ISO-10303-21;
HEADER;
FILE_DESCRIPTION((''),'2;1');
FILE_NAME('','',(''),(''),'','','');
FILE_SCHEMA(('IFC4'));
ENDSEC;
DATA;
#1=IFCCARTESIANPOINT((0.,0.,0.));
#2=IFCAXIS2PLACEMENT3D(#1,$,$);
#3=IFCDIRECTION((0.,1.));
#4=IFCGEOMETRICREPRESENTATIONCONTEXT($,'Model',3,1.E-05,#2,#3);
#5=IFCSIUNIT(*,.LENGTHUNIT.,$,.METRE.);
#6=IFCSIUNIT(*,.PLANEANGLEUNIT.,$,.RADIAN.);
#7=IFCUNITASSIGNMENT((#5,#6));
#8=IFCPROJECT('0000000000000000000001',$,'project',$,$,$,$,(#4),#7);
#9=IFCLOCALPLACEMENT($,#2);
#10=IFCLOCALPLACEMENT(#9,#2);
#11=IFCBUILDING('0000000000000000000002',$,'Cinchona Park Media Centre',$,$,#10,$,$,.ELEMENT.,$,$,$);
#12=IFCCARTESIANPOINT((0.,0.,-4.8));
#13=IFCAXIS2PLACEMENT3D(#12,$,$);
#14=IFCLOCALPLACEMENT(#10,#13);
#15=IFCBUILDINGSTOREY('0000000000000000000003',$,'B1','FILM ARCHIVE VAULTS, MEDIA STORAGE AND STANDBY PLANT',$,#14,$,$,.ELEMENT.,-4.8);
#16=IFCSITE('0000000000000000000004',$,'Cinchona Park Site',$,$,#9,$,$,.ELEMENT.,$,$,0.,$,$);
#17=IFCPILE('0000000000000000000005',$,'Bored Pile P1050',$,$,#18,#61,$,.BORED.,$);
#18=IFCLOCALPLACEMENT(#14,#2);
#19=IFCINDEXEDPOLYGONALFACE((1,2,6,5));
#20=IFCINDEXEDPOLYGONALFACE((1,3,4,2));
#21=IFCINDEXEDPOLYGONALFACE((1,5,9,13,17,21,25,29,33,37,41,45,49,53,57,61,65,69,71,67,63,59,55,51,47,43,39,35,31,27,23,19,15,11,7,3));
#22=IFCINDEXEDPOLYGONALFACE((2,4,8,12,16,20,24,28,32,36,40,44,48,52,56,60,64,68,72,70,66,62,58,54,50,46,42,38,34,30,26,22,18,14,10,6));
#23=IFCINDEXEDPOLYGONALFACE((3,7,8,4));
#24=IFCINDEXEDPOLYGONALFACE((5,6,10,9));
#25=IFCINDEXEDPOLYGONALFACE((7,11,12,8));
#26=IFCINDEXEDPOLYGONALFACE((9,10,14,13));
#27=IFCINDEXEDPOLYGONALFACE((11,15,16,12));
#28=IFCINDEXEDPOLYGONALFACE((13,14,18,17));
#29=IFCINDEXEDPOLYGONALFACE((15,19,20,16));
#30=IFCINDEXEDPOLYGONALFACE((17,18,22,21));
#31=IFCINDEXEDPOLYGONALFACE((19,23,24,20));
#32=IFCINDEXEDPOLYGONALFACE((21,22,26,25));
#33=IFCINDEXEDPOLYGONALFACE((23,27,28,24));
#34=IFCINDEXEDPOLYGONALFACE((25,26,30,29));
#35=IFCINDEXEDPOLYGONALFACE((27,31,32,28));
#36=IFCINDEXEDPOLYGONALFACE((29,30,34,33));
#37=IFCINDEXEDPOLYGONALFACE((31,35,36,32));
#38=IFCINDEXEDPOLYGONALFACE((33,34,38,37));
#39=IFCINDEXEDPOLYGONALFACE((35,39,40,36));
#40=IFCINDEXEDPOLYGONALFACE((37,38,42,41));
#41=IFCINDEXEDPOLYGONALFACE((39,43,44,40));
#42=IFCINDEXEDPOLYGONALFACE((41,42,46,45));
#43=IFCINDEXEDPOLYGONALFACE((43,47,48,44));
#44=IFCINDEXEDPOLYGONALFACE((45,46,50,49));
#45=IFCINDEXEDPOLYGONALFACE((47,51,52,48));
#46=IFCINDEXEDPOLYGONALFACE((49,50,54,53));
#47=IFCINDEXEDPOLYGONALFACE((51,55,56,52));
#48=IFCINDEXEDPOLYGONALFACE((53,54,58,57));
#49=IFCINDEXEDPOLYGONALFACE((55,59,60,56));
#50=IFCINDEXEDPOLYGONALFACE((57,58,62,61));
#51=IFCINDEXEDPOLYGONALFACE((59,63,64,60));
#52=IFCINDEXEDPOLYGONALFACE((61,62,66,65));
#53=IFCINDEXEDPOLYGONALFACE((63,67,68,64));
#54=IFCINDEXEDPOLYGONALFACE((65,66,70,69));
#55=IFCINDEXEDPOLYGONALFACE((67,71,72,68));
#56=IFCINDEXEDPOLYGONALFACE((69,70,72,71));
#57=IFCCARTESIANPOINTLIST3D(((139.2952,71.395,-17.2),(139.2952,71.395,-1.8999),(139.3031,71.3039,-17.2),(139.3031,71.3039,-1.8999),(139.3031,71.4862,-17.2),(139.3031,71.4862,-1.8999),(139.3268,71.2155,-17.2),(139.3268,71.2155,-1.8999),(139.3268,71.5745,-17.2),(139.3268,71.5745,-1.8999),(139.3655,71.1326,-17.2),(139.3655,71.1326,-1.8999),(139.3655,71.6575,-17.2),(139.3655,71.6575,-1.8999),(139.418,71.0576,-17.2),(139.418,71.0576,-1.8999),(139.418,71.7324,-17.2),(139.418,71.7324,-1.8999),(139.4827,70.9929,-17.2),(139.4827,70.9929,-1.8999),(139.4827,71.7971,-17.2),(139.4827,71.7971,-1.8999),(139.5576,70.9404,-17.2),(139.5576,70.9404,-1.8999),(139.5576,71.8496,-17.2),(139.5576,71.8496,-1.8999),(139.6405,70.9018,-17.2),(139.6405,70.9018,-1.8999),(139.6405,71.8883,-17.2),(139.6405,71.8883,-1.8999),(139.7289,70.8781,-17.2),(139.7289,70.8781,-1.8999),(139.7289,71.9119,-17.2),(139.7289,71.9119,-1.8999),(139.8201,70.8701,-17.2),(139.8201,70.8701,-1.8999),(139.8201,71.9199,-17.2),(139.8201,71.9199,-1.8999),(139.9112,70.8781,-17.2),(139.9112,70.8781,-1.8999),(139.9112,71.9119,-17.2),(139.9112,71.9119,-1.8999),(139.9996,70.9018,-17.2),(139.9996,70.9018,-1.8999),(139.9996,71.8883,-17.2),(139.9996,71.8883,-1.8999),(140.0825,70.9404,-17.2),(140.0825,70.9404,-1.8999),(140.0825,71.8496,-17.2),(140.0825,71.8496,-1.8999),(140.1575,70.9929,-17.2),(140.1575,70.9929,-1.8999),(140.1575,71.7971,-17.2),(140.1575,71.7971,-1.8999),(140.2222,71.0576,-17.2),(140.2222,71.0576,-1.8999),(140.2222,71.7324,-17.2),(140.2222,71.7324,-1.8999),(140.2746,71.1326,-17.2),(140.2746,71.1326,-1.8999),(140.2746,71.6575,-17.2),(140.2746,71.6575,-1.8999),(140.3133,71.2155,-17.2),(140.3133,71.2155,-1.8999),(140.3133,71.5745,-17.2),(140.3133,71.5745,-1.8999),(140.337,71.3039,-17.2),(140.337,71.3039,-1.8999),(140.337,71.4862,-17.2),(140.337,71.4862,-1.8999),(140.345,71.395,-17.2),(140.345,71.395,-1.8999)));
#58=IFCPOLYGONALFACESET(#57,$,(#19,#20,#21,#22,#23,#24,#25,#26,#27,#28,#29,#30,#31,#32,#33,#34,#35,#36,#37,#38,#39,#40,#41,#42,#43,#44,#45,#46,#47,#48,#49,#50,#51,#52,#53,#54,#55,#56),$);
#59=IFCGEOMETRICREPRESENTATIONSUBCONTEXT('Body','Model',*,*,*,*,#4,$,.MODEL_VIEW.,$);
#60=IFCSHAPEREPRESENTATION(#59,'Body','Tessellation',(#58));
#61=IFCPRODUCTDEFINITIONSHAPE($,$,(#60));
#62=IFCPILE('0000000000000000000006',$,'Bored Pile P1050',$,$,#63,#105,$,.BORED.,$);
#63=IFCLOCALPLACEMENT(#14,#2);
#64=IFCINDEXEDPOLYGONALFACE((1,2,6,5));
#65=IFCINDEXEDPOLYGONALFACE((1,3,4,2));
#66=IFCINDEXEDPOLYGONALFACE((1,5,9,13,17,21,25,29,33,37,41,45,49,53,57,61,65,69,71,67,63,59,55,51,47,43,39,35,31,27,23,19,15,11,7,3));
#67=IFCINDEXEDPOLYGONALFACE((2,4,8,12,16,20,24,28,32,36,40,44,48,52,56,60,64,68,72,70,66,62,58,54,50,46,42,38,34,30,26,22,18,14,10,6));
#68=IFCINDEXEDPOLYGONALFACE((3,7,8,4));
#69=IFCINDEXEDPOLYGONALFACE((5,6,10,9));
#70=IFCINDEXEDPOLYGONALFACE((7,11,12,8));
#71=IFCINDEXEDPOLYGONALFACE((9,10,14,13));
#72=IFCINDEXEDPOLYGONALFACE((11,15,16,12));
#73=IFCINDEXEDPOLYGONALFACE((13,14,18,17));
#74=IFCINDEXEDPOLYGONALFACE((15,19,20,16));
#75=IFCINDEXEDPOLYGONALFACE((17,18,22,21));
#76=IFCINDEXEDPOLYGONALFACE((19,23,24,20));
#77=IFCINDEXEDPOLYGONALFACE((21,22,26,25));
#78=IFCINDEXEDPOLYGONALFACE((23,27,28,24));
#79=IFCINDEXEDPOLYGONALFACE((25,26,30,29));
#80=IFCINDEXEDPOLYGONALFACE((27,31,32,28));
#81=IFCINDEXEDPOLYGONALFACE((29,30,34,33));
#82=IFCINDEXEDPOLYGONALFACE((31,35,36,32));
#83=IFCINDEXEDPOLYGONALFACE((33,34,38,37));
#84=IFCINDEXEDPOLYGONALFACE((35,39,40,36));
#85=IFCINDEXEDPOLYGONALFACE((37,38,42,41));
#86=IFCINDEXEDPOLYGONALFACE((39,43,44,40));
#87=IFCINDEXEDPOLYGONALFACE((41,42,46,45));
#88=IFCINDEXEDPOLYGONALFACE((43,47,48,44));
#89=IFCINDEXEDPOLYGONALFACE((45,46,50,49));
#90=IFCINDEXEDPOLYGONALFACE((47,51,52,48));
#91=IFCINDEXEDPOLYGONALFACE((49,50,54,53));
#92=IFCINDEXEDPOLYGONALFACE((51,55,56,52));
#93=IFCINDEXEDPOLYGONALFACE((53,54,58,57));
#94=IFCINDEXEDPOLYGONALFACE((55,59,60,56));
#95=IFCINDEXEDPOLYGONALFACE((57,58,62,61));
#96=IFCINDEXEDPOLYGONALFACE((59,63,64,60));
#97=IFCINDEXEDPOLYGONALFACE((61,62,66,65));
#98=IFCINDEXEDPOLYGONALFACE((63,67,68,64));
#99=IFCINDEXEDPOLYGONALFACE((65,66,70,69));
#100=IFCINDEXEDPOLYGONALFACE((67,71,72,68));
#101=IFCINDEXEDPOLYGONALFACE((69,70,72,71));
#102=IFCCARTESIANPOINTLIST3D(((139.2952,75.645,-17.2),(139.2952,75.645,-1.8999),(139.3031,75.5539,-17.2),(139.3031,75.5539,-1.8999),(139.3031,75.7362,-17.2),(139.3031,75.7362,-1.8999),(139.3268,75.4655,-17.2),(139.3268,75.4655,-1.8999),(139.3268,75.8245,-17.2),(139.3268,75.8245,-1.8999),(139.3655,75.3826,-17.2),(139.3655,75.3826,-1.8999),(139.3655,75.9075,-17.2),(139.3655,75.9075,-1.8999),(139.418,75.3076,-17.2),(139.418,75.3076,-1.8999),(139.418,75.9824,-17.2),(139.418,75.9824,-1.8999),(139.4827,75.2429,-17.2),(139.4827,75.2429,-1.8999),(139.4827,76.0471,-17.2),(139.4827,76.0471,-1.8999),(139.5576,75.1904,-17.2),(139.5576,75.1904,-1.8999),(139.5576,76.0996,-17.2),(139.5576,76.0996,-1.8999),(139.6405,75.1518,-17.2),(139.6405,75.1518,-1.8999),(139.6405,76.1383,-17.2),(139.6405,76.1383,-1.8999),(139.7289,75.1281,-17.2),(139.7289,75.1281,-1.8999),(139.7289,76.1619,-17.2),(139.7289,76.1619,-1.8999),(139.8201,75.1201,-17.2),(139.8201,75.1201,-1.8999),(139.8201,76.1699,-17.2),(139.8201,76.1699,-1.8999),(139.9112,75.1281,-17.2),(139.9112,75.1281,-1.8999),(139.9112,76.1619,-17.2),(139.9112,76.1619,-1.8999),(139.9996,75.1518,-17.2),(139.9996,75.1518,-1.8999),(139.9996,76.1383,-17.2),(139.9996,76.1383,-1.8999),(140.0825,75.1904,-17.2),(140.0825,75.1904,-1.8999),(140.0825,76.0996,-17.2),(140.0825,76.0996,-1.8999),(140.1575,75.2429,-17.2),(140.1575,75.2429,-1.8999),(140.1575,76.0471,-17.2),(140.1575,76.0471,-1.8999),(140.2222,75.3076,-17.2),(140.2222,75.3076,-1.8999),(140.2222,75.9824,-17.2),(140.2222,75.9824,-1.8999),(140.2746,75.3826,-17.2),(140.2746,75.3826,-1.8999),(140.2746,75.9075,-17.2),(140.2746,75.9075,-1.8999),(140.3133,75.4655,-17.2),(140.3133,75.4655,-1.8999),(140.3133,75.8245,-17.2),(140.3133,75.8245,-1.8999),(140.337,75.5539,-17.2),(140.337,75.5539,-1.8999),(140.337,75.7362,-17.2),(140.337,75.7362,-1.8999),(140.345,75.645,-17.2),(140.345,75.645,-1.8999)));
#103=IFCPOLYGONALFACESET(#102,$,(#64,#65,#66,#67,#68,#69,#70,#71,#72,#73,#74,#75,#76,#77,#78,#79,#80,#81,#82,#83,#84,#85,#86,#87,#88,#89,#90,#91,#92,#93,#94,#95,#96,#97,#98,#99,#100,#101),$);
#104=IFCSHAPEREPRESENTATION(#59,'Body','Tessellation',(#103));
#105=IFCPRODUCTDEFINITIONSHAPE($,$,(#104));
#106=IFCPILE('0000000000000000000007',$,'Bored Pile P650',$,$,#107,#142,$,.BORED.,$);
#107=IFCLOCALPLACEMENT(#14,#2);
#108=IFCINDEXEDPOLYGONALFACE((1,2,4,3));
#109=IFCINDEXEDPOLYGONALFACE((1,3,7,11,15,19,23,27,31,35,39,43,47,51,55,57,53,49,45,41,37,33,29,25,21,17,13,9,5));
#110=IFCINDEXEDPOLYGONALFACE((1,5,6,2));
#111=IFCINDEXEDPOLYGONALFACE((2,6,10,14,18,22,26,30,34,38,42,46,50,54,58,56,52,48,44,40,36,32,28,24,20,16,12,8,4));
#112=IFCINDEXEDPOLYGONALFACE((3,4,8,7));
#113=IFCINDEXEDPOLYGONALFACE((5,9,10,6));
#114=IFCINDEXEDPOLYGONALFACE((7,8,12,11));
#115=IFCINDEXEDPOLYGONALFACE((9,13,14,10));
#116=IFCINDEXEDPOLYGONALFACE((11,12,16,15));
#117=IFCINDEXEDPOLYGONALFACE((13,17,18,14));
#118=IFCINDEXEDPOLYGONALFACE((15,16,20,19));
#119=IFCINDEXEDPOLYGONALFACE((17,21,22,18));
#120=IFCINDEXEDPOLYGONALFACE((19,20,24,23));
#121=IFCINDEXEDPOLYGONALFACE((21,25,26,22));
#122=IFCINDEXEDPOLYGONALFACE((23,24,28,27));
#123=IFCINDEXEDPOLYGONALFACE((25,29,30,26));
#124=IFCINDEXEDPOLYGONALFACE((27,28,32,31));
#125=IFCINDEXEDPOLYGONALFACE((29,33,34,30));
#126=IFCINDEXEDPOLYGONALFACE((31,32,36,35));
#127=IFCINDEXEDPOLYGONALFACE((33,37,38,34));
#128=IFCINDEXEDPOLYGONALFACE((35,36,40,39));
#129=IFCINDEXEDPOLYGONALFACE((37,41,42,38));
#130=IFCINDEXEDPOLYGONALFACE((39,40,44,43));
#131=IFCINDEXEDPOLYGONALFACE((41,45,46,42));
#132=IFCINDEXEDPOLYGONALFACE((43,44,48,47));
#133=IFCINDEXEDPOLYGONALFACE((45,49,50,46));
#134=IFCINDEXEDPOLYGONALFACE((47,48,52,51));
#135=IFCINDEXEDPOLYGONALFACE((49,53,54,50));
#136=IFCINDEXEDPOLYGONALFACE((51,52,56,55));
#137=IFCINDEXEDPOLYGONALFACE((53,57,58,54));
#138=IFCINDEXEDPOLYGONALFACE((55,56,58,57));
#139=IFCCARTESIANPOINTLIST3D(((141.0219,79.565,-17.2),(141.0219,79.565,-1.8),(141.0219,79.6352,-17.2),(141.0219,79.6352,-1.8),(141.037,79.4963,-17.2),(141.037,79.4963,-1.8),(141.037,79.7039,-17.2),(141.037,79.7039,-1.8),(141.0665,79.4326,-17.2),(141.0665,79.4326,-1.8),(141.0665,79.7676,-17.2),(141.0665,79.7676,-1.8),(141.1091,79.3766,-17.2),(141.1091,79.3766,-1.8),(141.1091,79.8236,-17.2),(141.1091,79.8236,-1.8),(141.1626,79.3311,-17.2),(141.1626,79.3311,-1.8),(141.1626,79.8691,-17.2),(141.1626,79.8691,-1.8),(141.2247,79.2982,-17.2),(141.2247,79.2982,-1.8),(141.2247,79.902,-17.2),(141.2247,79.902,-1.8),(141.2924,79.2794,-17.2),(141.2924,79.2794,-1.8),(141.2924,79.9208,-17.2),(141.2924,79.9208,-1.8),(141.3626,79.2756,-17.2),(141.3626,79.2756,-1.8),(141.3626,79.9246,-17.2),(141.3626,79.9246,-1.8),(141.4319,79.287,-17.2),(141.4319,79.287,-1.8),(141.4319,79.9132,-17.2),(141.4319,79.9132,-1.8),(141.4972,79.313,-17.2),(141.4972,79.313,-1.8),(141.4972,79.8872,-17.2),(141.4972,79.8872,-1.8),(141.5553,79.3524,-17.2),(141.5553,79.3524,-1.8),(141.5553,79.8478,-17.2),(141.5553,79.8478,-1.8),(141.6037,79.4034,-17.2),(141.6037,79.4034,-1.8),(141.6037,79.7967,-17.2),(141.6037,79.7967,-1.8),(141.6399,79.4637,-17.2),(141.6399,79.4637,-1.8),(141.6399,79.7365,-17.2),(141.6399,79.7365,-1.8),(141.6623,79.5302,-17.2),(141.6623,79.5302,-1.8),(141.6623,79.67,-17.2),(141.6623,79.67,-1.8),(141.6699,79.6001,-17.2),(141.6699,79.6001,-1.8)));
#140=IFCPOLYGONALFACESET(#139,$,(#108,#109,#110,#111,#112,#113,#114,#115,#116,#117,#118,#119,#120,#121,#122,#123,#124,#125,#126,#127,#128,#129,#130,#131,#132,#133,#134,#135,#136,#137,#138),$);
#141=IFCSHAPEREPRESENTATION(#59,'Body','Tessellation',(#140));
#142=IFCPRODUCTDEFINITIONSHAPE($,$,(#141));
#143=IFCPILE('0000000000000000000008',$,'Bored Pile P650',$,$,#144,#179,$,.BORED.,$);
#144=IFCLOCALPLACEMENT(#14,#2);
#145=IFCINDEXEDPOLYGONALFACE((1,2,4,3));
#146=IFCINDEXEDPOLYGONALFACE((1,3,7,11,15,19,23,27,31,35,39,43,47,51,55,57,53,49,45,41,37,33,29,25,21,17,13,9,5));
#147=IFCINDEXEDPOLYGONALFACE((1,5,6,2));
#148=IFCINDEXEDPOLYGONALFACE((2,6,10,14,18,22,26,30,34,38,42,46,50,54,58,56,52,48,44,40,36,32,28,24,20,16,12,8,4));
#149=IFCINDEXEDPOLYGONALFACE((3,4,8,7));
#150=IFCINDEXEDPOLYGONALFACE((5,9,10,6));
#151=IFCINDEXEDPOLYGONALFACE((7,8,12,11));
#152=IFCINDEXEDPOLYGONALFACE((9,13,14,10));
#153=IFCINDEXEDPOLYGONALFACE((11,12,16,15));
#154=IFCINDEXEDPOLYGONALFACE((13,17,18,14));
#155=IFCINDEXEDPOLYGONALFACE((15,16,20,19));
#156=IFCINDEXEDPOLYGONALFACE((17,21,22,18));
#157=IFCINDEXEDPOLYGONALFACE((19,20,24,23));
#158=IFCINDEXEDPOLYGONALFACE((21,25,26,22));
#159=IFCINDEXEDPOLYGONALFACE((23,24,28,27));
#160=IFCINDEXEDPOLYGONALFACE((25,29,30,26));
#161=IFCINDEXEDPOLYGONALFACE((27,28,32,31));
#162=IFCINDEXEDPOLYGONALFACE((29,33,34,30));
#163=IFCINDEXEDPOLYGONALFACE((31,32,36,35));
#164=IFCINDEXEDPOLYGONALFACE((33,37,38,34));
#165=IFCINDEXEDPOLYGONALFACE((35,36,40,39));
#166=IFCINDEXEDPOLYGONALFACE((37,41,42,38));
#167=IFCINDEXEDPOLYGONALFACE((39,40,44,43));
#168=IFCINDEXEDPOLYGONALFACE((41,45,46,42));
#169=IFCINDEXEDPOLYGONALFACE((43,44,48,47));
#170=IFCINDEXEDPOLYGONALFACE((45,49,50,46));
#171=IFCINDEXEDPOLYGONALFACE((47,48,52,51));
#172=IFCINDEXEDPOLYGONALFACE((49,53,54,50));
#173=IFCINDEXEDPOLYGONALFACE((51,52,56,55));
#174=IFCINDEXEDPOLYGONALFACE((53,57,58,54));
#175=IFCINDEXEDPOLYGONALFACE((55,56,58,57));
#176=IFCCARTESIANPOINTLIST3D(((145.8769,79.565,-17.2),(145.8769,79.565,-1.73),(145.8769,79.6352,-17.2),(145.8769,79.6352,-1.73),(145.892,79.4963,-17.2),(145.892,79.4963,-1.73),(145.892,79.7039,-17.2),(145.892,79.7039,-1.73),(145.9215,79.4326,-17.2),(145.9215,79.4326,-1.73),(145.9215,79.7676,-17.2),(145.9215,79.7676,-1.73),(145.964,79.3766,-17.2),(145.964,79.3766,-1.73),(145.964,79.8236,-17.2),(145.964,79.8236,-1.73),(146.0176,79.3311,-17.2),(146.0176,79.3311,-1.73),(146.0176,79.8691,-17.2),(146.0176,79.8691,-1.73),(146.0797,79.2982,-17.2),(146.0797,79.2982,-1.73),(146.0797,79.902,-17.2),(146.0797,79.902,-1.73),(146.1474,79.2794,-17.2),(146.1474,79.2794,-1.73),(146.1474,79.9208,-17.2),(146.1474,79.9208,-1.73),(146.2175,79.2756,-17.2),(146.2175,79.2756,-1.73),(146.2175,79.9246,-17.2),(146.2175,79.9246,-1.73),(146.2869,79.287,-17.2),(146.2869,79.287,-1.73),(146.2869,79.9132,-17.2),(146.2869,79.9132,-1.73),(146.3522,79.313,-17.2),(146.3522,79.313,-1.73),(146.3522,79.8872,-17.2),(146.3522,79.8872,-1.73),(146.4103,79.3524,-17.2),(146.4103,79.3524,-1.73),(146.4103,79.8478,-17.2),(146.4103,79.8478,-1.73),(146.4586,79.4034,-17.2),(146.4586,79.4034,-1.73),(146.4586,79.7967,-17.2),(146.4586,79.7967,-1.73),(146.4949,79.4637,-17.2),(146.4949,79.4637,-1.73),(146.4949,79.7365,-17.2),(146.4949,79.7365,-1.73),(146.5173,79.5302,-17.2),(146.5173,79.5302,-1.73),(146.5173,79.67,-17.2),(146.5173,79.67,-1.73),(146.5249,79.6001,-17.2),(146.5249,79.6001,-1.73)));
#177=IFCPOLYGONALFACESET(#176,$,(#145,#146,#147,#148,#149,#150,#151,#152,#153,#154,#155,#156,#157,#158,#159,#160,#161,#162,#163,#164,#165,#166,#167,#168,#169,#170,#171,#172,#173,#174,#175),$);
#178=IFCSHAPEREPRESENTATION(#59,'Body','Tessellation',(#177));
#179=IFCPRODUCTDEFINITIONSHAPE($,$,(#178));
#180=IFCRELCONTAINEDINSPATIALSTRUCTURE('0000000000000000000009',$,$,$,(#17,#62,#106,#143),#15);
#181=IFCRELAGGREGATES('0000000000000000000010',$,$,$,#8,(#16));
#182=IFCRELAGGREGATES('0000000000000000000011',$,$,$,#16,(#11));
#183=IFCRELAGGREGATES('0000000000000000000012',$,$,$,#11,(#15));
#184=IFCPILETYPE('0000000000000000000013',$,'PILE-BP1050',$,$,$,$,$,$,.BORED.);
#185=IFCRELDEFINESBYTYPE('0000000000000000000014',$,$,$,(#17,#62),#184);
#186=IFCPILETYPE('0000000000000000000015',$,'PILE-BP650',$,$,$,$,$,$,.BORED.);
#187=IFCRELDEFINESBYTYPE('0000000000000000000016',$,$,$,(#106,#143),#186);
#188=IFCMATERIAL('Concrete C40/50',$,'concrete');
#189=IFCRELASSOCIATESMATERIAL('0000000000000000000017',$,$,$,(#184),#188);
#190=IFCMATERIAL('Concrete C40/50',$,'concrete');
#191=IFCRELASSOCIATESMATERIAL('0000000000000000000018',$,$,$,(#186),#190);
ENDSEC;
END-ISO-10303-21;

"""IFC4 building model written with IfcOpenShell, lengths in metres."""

from ifc_helpers import new_model, si_unit, direction, frame, origin, origin_2d, place, context, subcontext, project, spatial, circle, extrude, material, material_profile, profile_set, type_object, element, save


model = new_model("IFC4")

# Units and contexts
model_context = context("Model", 3, precision=1e-05, world=origin(), true_north=direction((0.0, 1.0)))
body_context = subcontext(model_context, "Body", "Model", "MODEL_VIEW")
ifc_project = project(units=[si_unit("LENGTHUNIT", "METRE"), si_unit("PLANEANGLEUNIT", "RADIAN")], contexts=[model_context])

# Site, building, storey
site_placement = place(None, origin())
site = spatial("IfcSite", under=ifc_project, at=site_placement, Name="Cinchona Park Site", CompositionType="ELEMENT", RefElevation=0.0)
building_placement = place(site_placement, origin())
building = spatial("IfcBuilding", under=site, at=building_placement, Name="Cinchona Park Media Centre", CompositionType="ELEMENT")
storey_placement = place(building_placement, frame((0.0, 0.0, -4.8)))
storey = spatial("IfcBuildingStorey", under=building, at=storey_placement, Name="B1", Description="FILM ARCHIVE VAULTS, MEDIA STORAGE AND STANDBY PLANT", CompositionType="ELEMENT", Elevation=-4.8)

# Piles
ifc_material_1 = material(Name="Concrete C40/50", Category="concrete")
ifc_material_profile_1 = material_profile(ifc_material_1, circle(Radius=0.5249, at=origin_2d()), Name="BORED PILE 1050")
ifc_profile_set_1 = profile_set([ifc_material_profile_1], Name="Concrete C40/50")
pile_type_1 = type_object("IfcPileType", Name="PILE-BP1050", PredefinedType="BORED", material=ifc_profile_set_1)
for number, where, z_axis, x_axis, name in (
    (1, (139.8201, 71.395, -1.8999), (0.0, 0.0, -1.0), (1.0, 0.0, 0.0), "Bored Pile P1050"),
    (2, (139.8201, 75.645, -1.8999), (0.0, 0.0, -1.0), (1.0, 0.0, 0.0), "Bored Pile P1050"),
):
    element("IfcPile", number, at=place(storey_placement, frame(where, z_axis=z_axis, x_axis=x_axis)), inside=storey, type_object=pile_type_1, Name=name, PredefinedType="BORED", context=body_context, shape_type="SweptSolid", body=[
        extrude(circle(Radius=0.5249, at=origin_2d()), origin(), (0.0, 0.0, 1.0), 15.3),
    ])
ifc_material_2 = material(Name="Concrete C40/50", Category="concrete")
ifc_material_profile_2 = material_profile(ifc_material_2, circle(Radius=0.325, at=origin_2d()), Name="BORED PILE 650")
ifc_profile_set_2 = profile_set([ifc_material_profile_2], Name="Concrete C40/50")
pile_type_2 = type_object("IfcPileType", Name="PILE-BP650", PredefinedType="BORED", material=ifc_profile_set_2)
pile_1_placement = place(storey_placement, frame((141.345, 79.6001, -1.8), z_axis=(0.0, 0.0, -1.0), x_axis=(1.0, 0.0, 0.0)))
element("IfcPile", 3, at=pile_1_placement, inside=storey, type_object=pile_type_2, Name="Bored Pile P650", PredefinedType="BORED", context=body_context, shape_type="SweptSolid", body=[
    extrude(circle(Radius=0.325, at=origin_2d()), origin(), (0.0, 0.0, 1.0), 15.3999),
])
pile_2_placement = place(storey_placement, frame((146.2, 79.6001, -1.73), z_axis=(0.0, 0.0, -1.0), x_axis=(1.0, 0.0, 0.0)))
element("IfcPile", 4, at=pile_2_placement, inside=storey, type_object=pile_type_2, Name="Bored Pile P650", PredefinedType="BORED", context=body_context, shape_type="SweptSolid", body=[
    extrude(circle(Radius=0.325, at=origin_2d()), origin(), (0.0, 0.0, 1.0), 15.47),
])

save(model, "model.ifc")
